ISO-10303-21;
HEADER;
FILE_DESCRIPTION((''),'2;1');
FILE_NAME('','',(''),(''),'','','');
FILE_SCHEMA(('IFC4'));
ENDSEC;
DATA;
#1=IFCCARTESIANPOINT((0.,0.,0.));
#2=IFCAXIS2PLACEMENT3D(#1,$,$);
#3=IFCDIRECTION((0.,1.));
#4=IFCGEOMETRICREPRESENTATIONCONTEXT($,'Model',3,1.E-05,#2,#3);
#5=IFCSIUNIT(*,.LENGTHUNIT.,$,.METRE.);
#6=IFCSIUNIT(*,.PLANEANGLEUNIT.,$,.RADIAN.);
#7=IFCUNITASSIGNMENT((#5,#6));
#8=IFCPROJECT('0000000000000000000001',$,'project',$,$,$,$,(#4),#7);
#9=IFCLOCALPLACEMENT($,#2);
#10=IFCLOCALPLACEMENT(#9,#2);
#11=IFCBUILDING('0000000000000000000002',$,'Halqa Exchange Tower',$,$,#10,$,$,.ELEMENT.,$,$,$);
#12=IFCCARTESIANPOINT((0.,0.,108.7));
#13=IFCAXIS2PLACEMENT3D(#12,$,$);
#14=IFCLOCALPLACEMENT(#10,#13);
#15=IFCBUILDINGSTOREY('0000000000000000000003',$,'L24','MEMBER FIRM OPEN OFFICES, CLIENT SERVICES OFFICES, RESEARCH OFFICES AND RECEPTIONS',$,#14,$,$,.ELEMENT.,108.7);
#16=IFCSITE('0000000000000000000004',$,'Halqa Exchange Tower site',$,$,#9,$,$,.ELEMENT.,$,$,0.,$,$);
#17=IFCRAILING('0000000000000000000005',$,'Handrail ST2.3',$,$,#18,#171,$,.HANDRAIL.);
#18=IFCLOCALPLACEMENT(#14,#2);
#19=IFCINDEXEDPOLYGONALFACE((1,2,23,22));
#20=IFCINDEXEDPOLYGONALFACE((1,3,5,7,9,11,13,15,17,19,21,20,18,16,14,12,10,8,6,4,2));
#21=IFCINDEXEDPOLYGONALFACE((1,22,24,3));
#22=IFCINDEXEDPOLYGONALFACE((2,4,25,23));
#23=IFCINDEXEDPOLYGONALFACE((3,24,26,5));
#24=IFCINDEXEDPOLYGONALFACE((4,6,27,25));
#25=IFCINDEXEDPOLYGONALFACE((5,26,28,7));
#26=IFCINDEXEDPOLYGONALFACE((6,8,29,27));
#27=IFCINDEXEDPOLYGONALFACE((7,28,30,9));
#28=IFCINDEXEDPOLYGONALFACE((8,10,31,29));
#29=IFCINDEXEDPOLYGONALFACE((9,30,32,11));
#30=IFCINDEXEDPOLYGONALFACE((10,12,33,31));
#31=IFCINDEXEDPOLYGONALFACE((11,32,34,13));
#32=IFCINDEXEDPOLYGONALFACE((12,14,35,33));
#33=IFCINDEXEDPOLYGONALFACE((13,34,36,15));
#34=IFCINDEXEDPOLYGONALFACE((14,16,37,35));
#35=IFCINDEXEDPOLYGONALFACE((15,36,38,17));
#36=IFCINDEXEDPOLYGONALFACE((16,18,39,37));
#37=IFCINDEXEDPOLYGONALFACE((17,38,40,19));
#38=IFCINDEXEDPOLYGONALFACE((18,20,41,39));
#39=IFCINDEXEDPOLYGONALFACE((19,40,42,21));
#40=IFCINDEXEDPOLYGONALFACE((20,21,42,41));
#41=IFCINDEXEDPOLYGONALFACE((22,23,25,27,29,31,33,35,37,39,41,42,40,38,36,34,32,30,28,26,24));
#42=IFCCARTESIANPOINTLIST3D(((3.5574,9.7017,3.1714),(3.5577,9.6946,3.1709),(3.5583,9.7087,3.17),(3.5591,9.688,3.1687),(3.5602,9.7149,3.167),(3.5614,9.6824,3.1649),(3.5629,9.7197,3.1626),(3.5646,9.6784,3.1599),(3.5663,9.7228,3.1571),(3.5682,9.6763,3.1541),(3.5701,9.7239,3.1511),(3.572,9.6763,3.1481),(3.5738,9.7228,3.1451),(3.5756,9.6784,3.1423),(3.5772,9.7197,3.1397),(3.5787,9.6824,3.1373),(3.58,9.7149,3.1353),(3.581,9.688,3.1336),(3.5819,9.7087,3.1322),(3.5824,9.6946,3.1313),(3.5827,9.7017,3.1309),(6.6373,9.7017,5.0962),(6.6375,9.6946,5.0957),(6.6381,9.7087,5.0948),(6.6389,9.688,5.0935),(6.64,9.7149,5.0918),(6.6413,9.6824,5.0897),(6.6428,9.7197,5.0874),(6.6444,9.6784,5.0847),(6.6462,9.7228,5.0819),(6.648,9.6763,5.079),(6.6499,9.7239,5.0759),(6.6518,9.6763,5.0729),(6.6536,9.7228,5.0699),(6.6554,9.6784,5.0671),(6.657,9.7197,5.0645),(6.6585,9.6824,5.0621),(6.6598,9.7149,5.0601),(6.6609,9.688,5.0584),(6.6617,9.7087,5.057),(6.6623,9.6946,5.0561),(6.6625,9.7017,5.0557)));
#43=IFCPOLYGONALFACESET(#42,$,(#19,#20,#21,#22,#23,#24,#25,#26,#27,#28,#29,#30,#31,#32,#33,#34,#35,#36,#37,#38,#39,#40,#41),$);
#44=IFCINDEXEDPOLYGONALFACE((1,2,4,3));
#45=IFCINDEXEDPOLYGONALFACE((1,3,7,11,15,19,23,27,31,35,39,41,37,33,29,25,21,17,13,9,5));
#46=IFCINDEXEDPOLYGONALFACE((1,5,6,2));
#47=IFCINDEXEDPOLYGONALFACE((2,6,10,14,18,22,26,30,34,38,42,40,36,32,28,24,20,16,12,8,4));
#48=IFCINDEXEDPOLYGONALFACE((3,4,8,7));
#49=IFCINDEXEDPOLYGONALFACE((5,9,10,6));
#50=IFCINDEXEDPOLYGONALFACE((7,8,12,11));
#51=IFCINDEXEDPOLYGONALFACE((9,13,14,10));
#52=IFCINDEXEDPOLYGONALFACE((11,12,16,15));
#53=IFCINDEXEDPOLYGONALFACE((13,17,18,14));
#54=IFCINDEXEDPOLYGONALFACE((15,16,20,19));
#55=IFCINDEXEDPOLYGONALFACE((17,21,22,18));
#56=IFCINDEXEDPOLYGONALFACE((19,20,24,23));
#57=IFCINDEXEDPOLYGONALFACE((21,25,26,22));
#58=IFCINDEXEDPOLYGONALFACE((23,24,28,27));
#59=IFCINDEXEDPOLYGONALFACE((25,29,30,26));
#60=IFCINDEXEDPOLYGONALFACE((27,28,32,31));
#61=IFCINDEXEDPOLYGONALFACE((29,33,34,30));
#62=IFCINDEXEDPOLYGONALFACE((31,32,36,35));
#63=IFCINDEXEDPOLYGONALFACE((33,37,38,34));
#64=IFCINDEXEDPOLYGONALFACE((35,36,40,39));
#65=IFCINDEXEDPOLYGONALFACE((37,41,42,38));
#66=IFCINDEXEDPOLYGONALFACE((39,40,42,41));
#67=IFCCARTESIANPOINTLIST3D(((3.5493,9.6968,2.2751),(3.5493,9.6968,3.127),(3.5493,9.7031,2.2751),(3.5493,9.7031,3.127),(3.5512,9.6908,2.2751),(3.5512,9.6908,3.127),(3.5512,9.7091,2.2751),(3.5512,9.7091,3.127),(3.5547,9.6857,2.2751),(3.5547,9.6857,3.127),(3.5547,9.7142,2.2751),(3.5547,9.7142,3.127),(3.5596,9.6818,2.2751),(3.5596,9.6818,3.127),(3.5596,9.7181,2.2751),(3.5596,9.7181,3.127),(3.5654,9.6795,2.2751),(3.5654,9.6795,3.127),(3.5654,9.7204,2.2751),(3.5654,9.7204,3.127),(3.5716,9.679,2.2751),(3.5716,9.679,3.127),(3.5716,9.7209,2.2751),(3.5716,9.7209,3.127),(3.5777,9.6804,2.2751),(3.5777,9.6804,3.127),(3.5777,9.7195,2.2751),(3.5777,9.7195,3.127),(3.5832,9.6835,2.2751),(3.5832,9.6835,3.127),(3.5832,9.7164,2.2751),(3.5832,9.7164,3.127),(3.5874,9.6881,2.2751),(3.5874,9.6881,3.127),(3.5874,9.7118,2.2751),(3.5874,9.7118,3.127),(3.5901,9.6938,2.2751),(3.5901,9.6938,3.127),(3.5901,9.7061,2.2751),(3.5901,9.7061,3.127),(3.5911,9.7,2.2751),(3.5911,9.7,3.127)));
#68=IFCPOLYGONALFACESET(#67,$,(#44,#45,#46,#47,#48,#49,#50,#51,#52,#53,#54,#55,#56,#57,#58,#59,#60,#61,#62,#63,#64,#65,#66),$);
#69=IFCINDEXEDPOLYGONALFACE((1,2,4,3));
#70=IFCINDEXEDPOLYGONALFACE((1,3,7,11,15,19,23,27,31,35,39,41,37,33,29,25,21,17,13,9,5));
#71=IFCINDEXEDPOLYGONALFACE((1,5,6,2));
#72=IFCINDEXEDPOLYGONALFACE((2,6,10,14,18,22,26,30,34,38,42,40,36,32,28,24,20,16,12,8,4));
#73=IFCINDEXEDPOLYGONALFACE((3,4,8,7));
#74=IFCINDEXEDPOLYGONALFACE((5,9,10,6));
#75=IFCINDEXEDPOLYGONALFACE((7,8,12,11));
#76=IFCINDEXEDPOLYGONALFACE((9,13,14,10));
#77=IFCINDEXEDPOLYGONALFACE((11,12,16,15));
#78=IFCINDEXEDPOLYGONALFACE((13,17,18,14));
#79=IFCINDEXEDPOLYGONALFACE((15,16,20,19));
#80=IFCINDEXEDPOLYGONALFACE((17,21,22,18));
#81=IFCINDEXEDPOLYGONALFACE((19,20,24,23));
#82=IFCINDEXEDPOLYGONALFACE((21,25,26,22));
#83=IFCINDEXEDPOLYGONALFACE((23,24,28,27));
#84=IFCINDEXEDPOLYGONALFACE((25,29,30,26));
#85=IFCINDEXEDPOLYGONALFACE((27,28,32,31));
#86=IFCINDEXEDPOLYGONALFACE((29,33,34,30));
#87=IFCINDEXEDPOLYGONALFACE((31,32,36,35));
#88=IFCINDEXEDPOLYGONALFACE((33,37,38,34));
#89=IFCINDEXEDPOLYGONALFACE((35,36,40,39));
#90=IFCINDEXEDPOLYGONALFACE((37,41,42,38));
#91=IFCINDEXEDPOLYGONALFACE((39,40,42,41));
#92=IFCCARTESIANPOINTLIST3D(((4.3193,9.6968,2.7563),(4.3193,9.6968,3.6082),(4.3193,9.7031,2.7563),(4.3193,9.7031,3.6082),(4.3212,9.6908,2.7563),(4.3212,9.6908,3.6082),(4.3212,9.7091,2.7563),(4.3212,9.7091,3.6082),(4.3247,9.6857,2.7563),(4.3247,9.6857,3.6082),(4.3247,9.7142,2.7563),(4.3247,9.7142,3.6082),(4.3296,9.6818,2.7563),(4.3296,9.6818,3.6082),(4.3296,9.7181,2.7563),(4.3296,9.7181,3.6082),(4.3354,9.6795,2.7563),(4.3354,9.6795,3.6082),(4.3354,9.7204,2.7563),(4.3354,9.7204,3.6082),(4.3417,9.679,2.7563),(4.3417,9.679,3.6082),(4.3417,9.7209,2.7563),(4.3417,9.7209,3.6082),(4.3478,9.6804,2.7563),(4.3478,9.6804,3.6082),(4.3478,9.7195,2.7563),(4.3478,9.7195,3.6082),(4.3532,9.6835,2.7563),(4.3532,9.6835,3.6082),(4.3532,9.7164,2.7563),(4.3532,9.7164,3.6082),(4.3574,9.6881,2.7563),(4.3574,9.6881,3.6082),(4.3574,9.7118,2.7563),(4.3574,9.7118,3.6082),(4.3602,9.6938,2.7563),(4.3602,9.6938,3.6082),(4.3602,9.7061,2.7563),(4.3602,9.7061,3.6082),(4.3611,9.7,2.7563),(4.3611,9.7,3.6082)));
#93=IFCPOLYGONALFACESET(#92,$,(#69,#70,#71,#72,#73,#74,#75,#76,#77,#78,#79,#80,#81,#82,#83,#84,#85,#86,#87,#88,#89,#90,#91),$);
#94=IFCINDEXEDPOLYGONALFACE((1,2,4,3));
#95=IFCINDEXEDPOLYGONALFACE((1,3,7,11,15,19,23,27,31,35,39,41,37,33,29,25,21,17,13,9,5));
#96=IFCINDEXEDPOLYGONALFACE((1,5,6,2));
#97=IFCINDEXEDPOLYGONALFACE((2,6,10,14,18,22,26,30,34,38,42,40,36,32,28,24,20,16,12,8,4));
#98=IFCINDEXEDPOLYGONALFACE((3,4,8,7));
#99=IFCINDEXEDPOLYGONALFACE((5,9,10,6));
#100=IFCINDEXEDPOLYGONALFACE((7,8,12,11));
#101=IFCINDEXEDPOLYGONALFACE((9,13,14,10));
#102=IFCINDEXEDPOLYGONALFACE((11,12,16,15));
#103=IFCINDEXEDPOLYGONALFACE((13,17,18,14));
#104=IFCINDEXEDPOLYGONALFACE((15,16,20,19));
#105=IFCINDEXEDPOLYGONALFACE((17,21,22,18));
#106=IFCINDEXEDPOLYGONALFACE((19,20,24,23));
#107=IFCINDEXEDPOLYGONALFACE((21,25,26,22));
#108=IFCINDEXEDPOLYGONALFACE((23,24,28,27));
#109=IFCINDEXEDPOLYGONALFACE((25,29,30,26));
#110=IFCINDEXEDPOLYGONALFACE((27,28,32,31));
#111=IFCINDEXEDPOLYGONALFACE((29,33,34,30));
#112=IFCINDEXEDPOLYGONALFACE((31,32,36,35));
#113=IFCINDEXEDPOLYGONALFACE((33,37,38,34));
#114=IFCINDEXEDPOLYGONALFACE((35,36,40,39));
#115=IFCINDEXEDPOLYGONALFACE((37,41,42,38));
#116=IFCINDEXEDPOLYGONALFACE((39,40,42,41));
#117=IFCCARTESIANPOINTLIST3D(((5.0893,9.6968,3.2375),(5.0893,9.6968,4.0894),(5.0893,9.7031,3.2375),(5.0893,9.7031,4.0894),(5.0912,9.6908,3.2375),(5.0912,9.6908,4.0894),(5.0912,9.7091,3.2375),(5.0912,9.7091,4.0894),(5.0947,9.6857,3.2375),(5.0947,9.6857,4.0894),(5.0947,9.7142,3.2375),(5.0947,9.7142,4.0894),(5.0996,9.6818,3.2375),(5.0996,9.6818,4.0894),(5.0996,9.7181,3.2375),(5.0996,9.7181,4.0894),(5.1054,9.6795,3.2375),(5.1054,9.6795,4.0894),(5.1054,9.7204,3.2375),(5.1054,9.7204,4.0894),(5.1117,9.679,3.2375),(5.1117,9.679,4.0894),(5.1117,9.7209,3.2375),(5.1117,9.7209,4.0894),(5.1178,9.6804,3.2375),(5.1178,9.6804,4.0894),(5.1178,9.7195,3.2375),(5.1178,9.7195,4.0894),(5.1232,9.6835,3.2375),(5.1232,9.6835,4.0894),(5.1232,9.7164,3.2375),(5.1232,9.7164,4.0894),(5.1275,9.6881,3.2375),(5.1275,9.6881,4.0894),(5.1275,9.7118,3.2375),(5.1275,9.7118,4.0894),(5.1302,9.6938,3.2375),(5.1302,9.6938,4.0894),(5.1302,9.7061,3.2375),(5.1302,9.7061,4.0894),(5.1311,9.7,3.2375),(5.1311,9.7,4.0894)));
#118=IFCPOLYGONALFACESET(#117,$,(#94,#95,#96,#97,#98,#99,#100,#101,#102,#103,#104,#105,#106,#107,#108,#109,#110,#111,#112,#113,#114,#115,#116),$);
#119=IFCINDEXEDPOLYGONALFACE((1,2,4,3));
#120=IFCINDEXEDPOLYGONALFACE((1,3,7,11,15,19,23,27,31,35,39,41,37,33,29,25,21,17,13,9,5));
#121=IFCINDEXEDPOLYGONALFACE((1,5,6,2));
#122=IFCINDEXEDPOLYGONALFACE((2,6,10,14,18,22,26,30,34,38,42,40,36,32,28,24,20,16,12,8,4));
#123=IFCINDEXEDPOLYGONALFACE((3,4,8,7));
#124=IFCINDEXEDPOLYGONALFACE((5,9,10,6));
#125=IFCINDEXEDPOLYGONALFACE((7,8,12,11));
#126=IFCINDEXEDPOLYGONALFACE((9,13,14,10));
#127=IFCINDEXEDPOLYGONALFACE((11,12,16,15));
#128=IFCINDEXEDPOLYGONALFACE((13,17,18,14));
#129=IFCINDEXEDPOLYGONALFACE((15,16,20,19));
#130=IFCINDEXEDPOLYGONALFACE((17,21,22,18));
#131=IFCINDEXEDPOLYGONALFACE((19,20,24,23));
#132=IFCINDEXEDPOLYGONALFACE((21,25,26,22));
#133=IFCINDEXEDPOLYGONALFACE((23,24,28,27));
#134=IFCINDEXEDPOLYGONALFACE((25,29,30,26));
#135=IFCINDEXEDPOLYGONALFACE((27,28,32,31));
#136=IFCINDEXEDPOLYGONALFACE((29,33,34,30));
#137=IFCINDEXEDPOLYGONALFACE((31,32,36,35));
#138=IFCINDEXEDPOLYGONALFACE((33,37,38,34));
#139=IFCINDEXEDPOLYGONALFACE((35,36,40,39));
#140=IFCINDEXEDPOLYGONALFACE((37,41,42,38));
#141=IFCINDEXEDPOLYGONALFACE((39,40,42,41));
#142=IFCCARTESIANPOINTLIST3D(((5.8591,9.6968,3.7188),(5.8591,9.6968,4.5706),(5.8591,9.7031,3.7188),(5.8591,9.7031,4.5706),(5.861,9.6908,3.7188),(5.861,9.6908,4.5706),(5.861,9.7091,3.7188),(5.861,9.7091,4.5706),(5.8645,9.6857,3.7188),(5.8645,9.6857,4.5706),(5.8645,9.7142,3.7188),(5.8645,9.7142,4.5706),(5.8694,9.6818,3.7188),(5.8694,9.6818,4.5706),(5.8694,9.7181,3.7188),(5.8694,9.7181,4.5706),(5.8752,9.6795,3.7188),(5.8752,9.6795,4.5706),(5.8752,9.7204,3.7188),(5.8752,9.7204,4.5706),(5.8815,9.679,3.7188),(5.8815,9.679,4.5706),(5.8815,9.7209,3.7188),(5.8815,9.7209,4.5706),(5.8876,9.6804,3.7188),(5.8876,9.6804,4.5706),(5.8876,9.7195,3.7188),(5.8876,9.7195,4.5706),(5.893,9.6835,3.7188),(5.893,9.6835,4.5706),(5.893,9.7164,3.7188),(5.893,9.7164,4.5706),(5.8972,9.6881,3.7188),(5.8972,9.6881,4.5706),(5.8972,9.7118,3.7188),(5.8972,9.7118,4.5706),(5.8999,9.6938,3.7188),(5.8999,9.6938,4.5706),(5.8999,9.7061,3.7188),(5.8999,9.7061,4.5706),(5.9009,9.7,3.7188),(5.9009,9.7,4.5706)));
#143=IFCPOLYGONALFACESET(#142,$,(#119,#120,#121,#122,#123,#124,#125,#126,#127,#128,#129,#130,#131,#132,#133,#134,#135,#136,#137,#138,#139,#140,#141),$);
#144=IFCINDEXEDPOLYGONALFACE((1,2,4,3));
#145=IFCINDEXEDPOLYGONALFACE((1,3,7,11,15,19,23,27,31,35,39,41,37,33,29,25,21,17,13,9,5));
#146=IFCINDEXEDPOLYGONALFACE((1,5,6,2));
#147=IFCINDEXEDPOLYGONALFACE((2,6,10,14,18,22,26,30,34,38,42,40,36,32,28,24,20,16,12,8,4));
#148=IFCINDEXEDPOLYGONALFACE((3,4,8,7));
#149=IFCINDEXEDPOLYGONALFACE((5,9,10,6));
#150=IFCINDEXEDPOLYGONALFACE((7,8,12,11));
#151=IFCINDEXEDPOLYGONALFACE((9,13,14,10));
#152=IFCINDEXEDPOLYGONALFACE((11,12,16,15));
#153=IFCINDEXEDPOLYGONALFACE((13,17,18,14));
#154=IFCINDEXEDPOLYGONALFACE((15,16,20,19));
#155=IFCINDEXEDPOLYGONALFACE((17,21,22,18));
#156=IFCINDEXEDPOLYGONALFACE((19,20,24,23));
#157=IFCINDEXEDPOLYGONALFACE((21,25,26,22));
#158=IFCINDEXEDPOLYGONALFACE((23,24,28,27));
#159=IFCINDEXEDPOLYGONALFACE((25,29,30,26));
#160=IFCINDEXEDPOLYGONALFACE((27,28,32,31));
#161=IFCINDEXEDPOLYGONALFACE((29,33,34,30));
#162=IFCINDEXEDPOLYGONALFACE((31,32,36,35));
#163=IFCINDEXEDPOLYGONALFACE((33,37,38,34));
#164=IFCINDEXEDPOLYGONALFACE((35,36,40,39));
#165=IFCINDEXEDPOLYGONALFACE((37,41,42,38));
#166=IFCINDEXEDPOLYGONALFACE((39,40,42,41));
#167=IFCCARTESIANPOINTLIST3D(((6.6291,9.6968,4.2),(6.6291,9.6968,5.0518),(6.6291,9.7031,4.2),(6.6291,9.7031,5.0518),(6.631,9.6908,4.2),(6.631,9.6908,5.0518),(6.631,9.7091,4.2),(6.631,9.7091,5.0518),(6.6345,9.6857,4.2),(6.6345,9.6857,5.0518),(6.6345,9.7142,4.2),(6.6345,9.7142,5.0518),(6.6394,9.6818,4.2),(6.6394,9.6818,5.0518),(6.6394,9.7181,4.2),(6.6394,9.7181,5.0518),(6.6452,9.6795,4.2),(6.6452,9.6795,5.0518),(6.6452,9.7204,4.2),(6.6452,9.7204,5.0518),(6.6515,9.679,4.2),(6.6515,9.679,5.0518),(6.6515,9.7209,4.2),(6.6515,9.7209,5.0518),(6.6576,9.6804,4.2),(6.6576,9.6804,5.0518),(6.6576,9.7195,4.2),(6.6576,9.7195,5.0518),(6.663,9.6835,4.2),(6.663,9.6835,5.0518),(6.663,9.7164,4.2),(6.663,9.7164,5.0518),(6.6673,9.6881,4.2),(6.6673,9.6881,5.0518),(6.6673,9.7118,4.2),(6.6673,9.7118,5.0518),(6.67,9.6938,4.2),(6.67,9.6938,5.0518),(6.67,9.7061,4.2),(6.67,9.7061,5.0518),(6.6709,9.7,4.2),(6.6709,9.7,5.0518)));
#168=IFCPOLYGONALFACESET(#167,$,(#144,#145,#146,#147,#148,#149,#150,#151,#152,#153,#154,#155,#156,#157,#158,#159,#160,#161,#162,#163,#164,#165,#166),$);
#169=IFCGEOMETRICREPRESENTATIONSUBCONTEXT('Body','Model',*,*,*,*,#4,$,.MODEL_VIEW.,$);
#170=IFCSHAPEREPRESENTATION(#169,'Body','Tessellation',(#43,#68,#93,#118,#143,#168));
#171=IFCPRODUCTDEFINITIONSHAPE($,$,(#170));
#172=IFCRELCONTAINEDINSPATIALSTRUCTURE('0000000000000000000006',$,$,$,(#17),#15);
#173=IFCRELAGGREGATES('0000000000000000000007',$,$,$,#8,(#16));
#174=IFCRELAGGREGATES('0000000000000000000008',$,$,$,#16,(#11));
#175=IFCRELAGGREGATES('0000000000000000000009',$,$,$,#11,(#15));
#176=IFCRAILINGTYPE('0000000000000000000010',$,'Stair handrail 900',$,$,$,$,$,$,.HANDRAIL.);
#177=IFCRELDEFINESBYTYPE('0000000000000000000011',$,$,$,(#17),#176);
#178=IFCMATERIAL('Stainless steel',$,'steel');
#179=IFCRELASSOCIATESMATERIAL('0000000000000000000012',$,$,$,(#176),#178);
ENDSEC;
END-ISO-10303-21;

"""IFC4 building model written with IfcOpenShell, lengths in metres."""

from ifc_helpers import new_model, si_unit, direction, frame, origin, origin_2d, place, context, subcontext, project, spatial, circle, extrude, material, type_object, element, save


model = new_model("IFC4")

# Units and contexts
model_context = context("Model", 3, precision=1e-05, world=origin(), true_north=direction((0.0, 1.0)))
body_context = subcontext(model_context, "Body", "Model", "MODEL_VIEW")
ifc_project = project(units=[si_unit("LENGTHUNIT", "METRE"), si_unit("PLANEANGLEUNIT", "RADIAN")], contexts=[model_context])

# Site, building, storey
site_placement = place(None, origin())
site = spatial("IfcSite", under=ifc_project, at=site_placement, Name="Halqa Exchange Tower site", CompositionType="ELEMENT", RefElevation=0.0)
building_placement = place(site_placement, origin())
building = spatial("IfcBuilding", under=site, at=building_placement, Name="Halqa Exchange Tower", CompositionType="ELEMENT")
storey_placement = place(building_placement, frame((0.0, 0.0, 108.7)))
storey = spatial("IfcBuildingStorey", under=building, at=storey_placement, Name="L24", Description="MEMBER FIRM OPEN OFFICES, CLIENT SERVICES OFFICES, RESEARCH OFFICES AND RECEPTIONS", CompositionType="ELEMENT", Elevation=108.7)

# Railing
ifc_material_1 = material(Name="Stainless steel", Category="steel")
railing_type_1 = type_object("IfcRailingType", Name="Stair handrail 900", PredefinedType="HANDRAIL", material=ifc_material_1)
railing_1_placement = place(storey_placement, frame((3.5701, 9.7, 2.2751)))
element("IfcRailing", 1, at=railing_1_placement, inside=storey, type_object=railing_type_1, Name="Handrail ST2.3", PredefinedType="HANDRAIL", context=body_context, shape_type="SweptSolid", body=[
    extrude(circle(Radius=0.0239, at=origin_2d()), frame((0.0, 0.0, 0.876), z_axis=(0.84801, 0.0, 0.529981), x_axis=(0.0, 1.0, 0.0)), (0.0, 0.0, 1.0), 3.6318),
    extrude(circle(Radius=0.021, at=origin_2d()), origin(), (0.0, 0.0, 1.0), 0.8518),
    extrude(circle(Radius=0.021, at=origin_2d()), frame((0.77, 0.0, 0.4812)), (0.0, 0.0, 1.0), 0.8518),
    extrude(circle(Radius=0.021, at=origin_2d()), frame((1.54, 0.0, 0.9624)), (0.0, 0.0, 1.0), 0.8518),
    extrude(circle(Radius=0.021, at=origin_2d()), frame((2.3098, 0.0, 1.4436)), (0.0, 0.0, 1.0), 0.8518),
    extrude(circle(Radius=0.021, at=origin_2d()), frame((3.0798, 0.0, 1.9248)), (0.0, 0.0, 1.0), 0.8518),
])

save(model, "model.ifc")
